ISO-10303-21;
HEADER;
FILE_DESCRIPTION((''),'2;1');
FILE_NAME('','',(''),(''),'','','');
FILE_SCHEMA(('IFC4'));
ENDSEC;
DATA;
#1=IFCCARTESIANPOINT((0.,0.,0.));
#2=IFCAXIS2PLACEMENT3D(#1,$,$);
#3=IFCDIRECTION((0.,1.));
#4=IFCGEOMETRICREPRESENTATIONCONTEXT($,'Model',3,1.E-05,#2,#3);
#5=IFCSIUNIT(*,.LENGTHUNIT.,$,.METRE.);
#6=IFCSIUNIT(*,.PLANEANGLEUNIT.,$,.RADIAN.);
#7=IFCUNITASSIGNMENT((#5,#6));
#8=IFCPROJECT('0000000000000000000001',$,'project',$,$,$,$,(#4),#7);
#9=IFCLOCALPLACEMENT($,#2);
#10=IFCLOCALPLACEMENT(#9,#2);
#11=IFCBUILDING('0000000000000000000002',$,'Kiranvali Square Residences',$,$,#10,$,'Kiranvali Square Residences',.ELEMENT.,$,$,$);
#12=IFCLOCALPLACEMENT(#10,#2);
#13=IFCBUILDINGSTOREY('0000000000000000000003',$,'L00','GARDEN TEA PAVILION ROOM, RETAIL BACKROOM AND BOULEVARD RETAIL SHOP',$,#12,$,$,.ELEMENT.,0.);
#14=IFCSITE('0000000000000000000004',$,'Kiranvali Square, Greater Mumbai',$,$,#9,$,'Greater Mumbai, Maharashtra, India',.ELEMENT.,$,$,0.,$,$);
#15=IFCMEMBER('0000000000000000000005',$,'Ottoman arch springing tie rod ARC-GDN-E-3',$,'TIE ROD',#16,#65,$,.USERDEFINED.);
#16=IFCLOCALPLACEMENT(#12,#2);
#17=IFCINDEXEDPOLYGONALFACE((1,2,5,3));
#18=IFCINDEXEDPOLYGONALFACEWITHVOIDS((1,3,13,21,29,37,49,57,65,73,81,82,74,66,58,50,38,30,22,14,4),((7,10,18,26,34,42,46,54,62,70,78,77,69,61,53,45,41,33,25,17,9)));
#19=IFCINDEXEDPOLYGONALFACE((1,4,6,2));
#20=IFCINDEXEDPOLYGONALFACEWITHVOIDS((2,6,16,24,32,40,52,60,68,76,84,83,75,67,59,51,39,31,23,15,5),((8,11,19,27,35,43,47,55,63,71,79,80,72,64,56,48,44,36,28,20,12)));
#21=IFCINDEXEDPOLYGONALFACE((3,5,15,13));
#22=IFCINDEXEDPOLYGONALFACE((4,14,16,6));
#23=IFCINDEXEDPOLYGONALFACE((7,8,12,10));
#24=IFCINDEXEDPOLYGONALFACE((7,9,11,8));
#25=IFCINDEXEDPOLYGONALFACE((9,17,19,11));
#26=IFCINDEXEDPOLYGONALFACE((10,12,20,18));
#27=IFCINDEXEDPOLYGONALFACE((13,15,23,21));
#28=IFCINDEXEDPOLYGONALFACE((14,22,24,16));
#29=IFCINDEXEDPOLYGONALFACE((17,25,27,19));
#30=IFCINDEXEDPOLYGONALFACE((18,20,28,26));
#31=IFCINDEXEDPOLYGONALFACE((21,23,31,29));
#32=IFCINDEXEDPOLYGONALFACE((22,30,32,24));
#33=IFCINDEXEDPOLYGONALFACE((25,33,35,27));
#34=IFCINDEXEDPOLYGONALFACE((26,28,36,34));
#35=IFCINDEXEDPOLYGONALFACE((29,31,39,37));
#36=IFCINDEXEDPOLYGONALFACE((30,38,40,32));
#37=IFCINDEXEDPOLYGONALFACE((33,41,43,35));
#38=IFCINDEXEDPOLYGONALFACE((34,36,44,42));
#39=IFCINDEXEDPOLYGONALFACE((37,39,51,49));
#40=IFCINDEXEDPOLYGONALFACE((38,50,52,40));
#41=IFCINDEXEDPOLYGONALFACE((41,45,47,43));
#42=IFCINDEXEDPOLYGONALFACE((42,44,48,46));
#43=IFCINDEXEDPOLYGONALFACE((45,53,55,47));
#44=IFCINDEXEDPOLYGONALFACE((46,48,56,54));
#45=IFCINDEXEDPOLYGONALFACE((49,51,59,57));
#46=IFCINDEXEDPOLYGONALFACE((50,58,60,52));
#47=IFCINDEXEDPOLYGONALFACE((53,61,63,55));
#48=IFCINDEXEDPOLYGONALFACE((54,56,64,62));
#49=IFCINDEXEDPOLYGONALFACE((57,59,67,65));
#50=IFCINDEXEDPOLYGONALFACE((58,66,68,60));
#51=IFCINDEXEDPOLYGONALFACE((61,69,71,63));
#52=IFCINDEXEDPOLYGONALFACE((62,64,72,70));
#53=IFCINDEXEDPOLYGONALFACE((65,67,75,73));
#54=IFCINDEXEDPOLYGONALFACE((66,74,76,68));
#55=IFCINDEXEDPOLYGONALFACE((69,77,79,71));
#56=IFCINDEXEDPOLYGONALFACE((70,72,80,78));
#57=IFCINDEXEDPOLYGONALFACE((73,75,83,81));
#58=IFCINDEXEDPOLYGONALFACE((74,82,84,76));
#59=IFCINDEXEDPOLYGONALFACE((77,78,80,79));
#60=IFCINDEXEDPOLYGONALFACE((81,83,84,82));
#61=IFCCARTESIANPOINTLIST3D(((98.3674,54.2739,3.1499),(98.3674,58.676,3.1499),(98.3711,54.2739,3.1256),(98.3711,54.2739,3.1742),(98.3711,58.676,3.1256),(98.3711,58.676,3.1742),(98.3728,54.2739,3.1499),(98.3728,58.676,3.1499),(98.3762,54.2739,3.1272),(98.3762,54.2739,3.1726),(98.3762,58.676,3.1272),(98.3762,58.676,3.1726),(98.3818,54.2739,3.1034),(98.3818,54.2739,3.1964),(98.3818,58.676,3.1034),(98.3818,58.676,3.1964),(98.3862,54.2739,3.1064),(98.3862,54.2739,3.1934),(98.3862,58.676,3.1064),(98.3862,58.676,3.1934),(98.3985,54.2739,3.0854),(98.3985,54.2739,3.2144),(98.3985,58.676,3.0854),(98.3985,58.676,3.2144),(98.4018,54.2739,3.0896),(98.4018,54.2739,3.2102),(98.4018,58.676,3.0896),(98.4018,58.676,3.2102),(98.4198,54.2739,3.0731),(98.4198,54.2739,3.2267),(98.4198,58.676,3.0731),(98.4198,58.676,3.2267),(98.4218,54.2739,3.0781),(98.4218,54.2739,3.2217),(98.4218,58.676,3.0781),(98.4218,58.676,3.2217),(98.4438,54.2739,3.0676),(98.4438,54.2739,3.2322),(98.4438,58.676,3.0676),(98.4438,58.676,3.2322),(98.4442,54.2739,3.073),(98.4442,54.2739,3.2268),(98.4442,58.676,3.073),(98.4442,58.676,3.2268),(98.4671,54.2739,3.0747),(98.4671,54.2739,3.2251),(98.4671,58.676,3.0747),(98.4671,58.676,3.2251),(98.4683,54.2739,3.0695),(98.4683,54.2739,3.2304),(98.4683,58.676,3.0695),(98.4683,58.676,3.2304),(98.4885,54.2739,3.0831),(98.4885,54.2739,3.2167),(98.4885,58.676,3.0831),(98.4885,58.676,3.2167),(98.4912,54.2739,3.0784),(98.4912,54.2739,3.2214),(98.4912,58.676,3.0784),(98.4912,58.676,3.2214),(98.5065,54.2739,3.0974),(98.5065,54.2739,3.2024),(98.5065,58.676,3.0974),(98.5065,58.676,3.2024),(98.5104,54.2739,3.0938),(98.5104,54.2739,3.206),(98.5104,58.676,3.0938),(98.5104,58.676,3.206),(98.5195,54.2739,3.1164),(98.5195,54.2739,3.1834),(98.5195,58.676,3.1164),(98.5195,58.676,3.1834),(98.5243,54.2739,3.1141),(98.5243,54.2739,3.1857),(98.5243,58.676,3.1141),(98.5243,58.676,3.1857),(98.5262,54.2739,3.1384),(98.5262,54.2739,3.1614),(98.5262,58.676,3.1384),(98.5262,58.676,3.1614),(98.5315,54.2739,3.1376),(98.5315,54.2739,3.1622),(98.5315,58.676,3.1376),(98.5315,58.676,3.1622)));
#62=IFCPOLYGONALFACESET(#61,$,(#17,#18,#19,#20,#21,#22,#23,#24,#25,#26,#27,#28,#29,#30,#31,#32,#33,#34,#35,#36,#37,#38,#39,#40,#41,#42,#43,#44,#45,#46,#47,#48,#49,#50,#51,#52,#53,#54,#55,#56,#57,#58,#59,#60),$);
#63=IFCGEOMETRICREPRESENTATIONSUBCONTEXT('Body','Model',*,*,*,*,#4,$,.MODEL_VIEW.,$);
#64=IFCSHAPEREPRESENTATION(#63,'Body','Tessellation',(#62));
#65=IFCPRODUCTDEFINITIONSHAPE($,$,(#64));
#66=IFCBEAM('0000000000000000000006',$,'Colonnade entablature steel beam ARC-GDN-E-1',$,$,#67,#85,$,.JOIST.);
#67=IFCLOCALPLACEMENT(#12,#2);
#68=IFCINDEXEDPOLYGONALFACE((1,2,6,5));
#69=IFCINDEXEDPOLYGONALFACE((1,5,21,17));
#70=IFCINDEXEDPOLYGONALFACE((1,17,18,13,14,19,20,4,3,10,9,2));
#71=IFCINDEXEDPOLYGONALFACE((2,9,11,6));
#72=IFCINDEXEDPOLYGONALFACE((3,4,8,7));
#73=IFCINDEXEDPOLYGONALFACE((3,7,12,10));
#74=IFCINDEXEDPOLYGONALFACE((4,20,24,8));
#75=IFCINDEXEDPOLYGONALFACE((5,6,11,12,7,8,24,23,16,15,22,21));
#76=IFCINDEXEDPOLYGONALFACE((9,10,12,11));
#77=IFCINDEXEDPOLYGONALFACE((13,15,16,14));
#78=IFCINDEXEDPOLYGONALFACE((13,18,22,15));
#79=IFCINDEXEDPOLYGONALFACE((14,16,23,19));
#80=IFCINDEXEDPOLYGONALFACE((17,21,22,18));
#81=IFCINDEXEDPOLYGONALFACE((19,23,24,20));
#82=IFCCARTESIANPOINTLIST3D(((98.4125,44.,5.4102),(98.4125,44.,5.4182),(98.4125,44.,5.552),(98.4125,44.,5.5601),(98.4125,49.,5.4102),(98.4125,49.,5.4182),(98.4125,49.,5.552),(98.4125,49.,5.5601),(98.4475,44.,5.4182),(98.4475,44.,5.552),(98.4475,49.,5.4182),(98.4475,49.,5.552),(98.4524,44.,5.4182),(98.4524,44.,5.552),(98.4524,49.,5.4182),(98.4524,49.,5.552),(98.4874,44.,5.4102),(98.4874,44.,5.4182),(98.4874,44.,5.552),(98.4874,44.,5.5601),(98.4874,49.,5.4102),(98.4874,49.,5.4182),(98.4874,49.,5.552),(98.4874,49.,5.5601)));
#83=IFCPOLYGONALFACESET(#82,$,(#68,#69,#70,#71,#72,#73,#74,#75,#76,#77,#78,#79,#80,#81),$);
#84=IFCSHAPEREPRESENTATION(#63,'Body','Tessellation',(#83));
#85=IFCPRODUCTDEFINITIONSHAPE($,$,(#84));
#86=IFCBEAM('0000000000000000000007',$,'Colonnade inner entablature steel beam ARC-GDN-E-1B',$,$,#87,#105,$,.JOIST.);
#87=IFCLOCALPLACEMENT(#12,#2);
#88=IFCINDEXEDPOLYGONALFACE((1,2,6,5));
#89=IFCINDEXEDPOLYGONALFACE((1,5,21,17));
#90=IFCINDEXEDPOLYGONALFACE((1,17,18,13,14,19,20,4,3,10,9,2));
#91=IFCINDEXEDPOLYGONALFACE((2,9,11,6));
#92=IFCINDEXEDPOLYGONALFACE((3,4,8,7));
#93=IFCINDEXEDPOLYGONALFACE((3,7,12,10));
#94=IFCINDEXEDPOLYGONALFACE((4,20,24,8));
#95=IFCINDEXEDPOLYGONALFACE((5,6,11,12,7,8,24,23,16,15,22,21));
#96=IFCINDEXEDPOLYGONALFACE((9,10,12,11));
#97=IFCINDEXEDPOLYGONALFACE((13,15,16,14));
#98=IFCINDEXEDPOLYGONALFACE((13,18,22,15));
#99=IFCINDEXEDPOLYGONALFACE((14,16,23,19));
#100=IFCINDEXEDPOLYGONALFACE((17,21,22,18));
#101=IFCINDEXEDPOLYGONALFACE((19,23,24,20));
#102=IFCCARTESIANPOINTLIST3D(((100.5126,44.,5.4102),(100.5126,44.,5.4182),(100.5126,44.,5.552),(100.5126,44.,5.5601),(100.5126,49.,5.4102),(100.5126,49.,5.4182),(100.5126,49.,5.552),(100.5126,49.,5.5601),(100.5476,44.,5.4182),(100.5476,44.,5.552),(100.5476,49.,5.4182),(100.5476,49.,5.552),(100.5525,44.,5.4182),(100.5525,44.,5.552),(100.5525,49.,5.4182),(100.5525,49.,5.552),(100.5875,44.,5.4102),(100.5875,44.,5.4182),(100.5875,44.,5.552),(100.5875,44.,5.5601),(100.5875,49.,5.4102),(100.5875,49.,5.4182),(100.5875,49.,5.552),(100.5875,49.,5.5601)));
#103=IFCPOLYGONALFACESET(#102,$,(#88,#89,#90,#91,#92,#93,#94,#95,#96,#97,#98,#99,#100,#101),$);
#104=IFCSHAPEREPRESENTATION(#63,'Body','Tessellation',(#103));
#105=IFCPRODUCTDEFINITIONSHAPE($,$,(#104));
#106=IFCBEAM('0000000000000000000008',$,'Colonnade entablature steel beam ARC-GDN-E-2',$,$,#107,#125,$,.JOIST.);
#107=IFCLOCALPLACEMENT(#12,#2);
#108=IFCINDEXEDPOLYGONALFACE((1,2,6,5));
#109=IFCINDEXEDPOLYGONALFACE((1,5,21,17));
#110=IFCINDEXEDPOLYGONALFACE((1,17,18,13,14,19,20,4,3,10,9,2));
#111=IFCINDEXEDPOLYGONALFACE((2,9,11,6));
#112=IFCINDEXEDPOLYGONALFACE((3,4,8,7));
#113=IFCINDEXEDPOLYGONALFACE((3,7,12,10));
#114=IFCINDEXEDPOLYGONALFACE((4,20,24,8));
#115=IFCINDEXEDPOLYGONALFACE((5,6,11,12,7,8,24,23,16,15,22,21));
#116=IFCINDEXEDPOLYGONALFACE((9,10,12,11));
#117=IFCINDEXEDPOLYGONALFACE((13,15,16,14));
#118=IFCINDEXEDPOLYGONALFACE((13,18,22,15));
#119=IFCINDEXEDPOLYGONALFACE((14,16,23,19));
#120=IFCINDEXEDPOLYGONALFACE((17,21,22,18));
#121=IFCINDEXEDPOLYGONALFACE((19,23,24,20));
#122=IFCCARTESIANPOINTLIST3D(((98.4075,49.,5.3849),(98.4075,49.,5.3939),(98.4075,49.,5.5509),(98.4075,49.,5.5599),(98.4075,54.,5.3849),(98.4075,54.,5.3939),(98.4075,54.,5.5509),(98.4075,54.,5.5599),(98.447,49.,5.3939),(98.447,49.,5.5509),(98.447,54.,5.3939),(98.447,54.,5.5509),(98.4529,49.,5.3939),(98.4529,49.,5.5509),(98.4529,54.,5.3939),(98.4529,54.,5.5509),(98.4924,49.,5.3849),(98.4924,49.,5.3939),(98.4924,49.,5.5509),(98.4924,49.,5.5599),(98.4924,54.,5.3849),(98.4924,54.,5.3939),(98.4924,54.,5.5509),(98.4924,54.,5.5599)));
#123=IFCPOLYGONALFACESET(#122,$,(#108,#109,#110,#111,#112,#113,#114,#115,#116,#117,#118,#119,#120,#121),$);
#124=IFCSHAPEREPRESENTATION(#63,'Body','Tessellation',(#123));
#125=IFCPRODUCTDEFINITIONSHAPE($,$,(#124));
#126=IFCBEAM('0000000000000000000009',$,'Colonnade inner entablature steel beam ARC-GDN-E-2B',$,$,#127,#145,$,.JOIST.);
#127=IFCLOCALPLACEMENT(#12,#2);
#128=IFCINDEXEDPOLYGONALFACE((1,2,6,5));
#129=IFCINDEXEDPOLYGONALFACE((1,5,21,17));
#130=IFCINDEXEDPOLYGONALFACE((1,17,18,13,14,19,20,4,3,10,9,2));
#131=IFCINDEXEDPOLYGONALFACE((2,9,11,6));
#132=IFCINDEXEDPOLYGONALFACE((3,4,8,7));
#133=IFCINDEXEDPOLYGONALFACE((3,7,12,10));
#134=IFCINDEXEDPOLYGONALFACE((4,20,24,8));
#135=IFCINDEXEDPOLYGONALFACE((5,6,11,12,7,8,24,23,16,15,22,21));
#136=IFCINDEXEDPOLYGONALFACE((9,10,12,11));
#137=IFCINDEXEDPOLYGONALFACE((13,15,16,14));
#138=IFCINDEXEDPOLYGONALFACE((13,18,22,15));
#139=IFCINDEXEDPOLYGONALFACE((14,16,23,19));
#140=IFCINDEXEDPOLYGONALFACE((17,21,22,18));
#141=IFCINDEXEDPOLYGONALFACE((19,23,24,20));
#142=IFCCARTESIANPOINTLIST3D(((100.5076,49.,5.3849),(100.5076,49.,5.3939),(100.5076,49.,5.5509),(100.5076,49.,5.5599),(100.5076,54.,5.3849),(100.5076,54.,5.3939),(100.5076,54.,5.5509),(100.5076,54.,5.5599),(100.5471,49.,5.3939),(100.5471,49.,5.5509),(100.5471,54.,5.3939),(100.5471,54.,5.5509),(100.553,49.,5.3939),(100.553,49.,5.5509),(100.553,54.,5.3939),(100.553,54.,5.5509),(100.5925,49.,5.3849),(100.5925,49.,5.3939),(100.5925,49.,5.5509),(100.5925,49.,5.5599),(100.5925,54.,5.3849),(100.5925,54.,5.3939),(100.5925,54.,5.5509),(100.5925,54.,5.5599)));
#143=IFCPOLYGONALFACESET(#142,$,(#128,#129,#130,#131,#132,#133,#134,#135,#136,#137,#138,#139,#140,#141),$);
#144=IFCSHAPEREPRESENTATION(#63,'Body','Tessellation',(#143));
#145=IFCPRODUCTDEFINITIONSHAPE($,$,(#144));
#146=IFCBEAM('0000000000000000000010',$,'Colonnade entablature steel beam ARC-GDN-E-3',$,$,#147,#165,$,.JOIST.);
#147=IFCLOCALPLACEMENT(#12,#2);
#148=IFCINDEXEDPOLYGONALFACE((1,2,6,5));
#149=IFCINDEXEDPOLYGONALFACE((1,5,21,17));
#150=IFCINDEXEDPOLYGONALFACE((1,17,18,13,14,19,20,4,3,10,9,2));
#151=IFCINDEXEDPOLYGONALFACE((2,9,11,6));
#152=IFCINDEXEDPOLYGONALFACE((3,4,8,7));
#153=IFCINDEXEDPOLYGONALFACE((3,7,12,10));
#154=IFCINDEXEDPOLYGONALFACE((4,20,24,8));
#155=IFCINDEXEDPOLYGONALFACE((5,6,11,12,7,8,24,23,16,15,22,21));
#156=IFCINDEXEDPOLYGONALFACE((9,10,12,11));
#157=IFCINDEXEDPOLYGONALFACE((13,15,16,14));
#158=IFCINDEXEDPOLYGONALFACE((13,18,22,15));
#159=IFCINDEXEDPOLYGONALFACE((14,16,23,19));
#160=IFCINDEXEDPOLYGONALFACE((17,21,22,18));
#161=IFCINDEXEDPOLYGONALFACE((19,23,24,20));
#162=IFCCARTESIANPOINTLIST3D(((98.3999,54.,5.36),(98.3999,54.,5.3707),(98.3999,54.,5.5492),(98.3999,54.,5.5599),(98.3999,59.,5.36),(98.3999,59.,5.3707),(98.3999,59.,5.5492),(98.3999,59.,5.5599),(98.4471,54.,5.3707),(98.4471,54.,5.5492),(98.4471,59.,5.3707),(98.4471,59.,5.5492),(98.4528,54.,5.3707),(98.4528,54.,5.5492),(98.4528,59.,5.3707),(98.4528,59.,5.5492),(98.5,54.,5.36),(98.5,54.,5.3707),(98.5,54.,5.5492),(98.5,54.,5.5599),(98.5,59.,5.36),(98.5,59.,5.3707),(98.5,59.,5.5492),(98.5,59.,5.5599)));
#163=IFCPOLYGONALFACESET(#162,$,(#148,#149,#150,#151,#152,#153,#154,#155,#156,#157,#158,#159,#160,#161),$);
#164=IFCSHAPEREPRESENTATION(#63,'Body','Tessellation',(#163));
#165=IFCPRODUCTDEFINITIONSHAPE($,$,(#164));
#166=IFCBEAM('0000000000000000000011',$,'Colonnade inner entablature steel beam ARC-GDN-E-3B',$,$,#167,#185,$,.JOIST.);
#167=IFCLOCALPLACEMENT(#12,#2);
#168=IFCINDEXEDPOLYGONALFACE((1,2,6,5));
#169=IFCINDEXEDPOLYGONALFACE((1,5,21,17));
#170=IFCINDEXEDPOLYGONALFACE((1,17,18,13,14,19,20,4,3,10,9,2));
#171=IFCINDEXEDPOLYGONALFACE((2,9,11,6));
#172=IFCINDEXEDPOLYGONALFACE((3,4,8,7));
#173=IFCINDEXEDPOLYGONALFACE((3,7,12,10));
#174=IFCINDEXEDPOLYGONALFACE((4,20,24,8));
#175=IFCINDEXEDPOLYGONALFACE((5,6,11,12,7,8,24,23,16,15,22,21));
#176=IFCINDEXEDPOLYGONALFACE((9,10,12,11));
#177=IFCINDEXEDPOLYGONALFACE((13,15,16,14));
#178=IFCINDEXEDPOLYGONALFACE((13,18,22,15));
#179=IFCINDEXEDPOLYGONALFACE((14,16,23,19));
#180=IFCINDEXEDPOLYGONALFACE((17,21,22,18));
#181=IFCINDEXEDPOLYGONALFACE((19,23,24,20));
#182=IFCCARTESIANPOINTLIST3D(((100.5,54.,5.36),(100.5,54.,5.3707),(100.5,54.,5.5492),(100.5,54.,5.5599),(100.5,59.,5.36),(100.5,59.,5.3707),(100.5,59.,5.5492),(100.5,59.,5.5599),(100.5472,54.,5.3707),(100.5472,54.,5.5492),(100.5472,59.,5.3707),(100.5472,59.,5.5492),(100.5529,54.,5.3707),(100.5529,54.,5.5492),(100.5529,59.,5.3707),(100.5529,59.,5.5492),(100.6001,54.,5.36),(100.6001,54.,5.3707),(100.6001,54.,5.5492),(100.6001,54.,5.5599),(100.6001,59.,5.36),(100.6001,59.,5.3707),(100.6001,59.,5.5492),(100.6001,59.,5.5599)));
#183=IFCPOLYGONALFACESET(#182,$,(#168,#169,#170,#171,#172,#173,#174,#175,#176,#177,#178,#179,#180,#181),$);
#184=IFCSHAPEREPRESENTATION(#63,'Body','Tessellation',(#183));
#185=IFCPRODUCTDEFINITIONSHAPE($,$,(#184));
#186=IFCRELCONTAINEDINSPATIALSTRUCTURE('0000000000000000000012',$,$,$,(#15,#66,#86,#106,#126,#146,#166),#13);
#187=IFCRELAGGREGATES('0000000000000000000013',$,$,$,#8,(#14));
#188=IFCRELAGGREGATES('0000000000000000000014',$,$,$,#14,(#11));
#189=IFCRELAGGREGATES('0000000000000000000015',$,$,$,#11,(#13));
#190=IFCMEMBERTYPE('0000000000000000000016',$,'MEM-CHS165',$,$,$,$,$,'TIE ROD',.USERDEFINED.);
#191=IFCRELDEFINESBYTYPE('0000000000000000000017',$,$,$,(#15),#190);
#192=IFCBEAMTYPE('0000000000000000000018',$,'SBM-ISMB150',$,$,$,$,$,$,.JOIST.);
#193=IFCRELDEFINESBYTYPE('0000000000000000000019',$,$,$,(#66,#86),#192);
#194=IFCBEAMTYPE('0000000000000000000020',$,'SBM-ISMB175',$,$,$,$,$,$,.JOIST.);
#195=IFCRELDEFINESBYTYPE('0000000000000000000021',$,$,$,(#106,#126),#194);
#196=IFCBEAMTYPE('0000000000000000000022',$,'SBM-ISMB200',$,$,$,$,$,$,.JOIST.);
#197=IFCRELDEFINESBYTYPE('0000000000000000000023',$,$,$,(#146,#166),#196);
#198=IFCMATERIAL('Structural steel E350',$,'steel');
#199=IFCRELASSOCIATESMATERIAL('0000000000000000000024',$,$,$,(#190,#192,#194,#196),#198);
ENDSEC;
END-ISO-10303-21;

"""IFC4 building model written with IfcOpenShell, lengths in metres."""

from ifc_helpers import new_model, si_unit, direction, frame, origin, origin_2d, place, context, subcontext, project, spatial, hollow_circle, i_section, extrude, material, material_profile, profile_set, type_object, element, save


model = new_model("IFC4")

# Units and contexts
model_context = context("Model", 3, precision=1e-05, world=origin(), true_north=direction((0.0, 1.0)))
body_context = subcontext(model_context, "Body", "Model", "MODEL_VIEW")
ifc_project = project(units=[si_unit("LENGTHUNIT", "METRE"), si_unit("PLANEANGLEUNIT", "RADIAN")], contexts=[model_context])

# Site, building, storey
site_placement = place(None, origin())
site = spatial("IfcSite", under=ifc_project, at=site_placement, Name="Kiranvali Square, Greater Mumbai", LongName="Greater Mumbai, Maharashtra, India", CompositionType="ELEMENT", RefElevation=0.0)
building_placement = place(site_placement, origin())
building = spatial("IfcBuilding", under=site, at=building_placement, Name="Kiranvali Square Residences", LongName="Kiranvali Square Residences", CompositionType="ELEMENT")
storey_placement = place(building_placement, origin())
storey = spatial("IfcBuildingStorey", under=building, at=storey_placement, Name="L00", Description="GARDEN TEA PAVILION ROOM, RETAIL BACKROOM AND BOULEVARD RETAIL SHOP", CompositionType="ELEMENT", Elevation=0.0)

# Member
ifc_material_1 = material(Name="Structural steel E350", Category="steel")
ifc_material_profile_1 = material_profile(ifc_material_1, hollow_circle(Radius=0.0825, WallThickness=0.0054, at=origin_2d()), Name="CHS 165.1x5.4")
ifc_profile_set_1 = profile_set([ifc_material_profile_1], Name="Structural steel E350")
member_type_1 = type_object("IfcMemberType", Name="MEM-CHS165", ElementType="TIE ROD", PredefinedType="USERDEFINED", material=ifc_profile_set_1)
member_1_placement = place(storey_placement, frame((98.45, 54.2739, 3.1499), z_axis=(0.0, 1.0, 0.0), x_axis=(-1.0, 0.0, 0.0)))
element("IfcMember", 1, at=member_1_placement, inside=storey, type_object=member_type_1, Name="Ottoman arch springing tie rod ARC-GDN-E-3", ObjectType="TIE ROD", PredefinedType="USERDEFINED", context=body_context, shape_type="SweptSolid", body=[
    extrude(hollow_circle(Radius=0.0825, WallThickness=0.0054, at=origin_2d()), origin(), (0.0, 0.0, 1.0), 4.4021),
])

# Beams
ifc_material_profile_2 = material_profile(ifc_material_1, i_section(OverallWidth=0.075, OverallDepth=0.1499, WebThickness=0.0049, FlangeThickness=0.0081, at=origin_2d()), Name="ISMB 150")
ifc_profile_set_2 = profile_set([ifc_material_profile_2], Name="Structural steel E350")
beam_type_1 = type_object("IfcBeamType", Name="SBM-ISMB150", PredefinedType="JOIST", material=ifc_profile_set_2)
for number, where, z_axis, x_axis, name in (
    (2, (98.45, 44.0, 5.4851), (0.0, 1.0, 0.0), (-1.0, 0.0, 0.0), "Colonnade entablature steel beam ARC-GDN-E-1"),
    (3, (100.55, 44.0, 5.4851), (0.0, 1.0, 0.0), (-1.0, 0.0, 0.0), "Colonnade inner entablature steel beam ARC-GDN-E-1B"),
):
    element("IfcBeam", number, at=place(storey_placement, frame(where, z_axis=z_axis, x_axis=x_axis)), inside=storey, type_object=beam_type_1, Name=name, PredefinedType="JOIST", context=body_context, shape_type="SweptSolid", body=[
        extrude(i_section(OverallWidth=0.075, OverallDepth=0.1499, WebThickness=0.0049, FlangeThickness=0.0081, at=origin_2d()), origin(), (0.0, 0.0, 1.0), 5.0),
    ])
ifc_material_profile_3 = material_profile(ifc_material_1, i_section(OverallWidth=0.085, OverallDepth=0.175, WebThickness=0.0059, FlangeThickness=0.009, at=origin_2d()), Name="ISMB 175")
ifc_profile_set_3 = profile_set([ifc_material_profile_3], Name="Structural steel E350")
beam_type_2 = type_object("IfcBeamType", Name="SBM-ISMB175", PredefinedType="JOIST", material=ifc_profile_set_3)
for number, where, z_axis, x_axis, name in (
    (4, (98.45, 49.0, 5.4724), (0.0, 1.0, 0.0), (-1.0, 0.0, 0.0), "Colonnade entablature steel beam ARC-GDN-E-2"),
    (5, (100.55, 49.0, 5.4724), (0.0, 1.0, 0.0), (-1.0, 0.0, 0.0), "Colonnade inner entablature steel beam ARC-GDN-E-2B"),
):
    element("IfcBeam", number, at=place(storey_placement, frame(where, z_axis=z_axis, x_axis=x_axis)), inside=storey, type_object=beam_type_2, Name=name, PredefinedType="JOIST", context=body_context, shape_type="SweptSolid", body=[
        extrude(i_section(OverallWidth=0.085, OverallDepth=0.175, WebThickness=0.0059, FlangeThickness=0.009, at=origin_2d()), origin(), (0.0, 0.0, 1.0), 5.0),
    ])
ifc_material_profile_4 = material_profile(ifc_material_1, i_section(OverallWidth=0.1001, OverallDepth=0.2, WebThickness=0.0056, FlangeThickness=0.0107, at=origin_2d()), Name="ISMB 200")
ifc_profile_set_4 = profile_set([ifc_material_profile_4], Name="Structural steel E350")
beam_type_3 = type_object("IfcBeamType", Name="SBM-ISMB200", PredefinedType="JOIST", material=ifc_profile_set_4)
for number, where, z_axis, x_axis, name in (
    (6, (98.45, 54.0, 5.46), (0.0, 1.0, 0.0), (-1.0, 0.0, 0.0), "Colonnade entablature steel beam ARC-GDN-E-3"),
    (7, (100.55, 54.0, 5.46), (0.0, 1.0, 0.0), (-1.0, 0.0, 0.0), "Colonnade inner entablature steel beam ARC-GDN-E-3B"),
):
    element("IfcBeam", number, at=place(storey_placement, frame(where, z_axis=z_axis, x_axis=x_axis)), inside=storey, type_object=beam_type_3, Name=name, PredefinedType="JOIST", context=body_context, shape_type="SweptSolid", body=[
        extrude(i_section(OverallWidth=0.1001, OverallDepth=0.2, WebThickness=0.0056, FlangeThickness=0.0107, at=origin_2d()), origin(), (0.0, 0.0, 1.0), 5.0),
    ])

save(model, "model.ifc")
